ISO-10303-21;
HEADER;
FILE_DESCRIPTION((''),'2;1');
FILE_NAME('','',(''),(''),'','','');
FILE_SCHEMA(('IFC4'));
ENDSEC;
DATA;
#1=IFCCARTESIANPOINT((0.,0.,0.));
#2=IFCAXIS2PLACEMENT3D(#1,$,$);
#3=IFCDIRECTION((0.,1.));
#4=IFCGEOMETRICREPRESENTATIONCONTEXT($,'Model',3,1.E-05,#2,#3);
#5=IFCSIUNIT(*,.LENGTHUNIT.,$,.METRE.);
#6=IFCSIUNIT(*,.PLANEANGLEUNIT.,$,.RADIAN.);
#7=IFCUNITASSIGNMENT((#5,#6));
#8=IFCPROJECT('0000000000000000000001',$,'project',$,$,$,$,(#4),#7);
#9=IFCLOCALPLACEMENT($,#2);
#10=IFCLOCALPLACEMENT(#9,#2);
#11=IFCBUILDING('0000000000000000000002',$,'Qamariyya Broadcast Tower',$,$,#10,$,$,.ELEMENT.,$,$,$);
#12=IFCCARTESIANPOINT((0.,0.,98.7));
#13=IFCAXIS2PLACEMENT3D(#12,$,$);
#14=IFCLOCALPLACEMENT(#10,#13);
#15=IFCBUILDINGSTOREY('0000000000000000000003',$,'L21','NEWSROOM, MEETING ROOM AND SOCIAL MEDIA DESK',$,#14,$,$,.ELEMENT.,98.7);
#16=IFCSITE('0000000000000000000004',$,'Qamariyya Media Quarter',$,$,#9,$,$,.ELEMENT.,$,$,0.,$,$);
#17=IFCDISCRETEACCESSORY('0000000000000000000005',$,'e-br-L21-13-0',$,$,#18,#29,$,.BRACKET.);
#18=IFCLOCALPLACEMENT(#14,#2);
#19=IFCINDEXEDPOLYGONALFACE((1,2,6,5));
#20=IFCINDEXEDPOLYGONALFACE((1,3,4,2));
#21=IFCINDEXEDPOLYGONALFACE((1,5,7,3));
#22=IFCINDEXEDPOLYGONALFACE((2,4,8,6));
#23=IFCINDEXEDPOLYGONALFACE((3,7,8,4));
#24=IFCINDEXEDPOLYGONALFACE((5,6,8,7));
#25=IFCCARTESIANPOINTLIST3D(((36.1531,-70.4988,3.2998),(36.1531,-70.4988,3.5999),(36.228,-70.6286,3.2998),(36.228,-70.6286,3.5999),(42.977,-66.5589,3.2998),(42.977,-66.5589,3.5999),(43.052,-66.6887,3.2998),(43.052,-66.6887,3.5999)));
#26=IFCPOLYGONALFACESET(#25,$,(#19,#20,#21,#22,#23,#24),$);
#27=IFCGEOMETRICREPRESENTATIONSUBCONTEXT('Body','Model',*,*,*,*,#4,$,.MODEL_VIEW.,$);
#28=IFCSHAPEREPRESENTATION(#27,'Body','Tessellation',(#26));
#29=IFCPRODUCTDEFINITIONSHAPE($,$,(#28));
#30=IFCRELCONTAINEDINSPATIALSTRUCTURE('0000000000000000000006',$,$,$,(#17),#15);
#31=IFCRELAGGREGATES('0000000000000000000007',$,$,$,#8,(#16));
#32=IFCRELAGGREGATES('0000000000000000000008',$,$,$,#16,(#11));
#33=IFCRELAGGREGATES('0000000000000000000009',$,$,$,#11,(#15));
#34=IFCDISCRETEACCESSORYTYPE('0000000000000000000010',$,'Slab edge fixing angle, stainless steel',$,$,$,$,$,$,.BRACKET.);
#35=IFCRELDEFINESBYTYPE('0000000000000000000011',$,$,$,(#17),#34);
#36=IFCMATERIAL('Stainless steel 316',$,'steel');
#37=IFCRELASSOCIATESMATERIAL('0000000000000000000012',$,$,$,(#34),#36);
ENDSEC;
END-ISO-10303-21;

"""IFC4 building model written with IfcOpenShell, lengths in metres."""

from ifc_helpers import new_model, si_unit, direction, frame, origin, origin_2d, place, context, subcontext, project, spatial, rectangle, extrude, material, type_object, element, save


model = new_model("IFC4")

# Units and contexts
model_context = context("Model", 3, precision=1e-05, world=origin(), true_north=direction((0.0, 1.0)))
body_context = subcontext(model_context, "Body", "Model", "MODEL_VIEW")
ifc_project = project(units=[si_unit("LENGTHUNIT", "METRE"), si_unit("PLANEANGLEUNIT", "RADIAN")], contexts=[model_context])

# Site, building, storey
site_placement = place(None, origin())
site = spatial("IfcSite", under=ifc_project, at=site_placement, Name="Qamariyya Media Quarter", CompositionType="ELEMENT", RefElevation=0.0)
building_placement = place(site_placement, origin())
building = spatial("IfcBuilding", under=site, at=building_placement, Name="Qamariyya Broadcast Tower", CompositionType="ELEMENT")
storey_placement = place(building_placement, frame((0.0, 0.0, 98.7)))
storey = spatial("IfcBuildingStorey", under=building, at=storey_placement, Name="L21", Description="NEWSROOM, MEETING ROOM AND SOCIAL MEDIA DESK", CompositionType="ELEMENT", Elevation=98.7)

# Discrete accessory
ifc_material_1 = material(Name="Stainless steel 316", Category="steel")
discrete_accessory_type = type_object("IfcDiscreteAccessoryType", Name="Slab edge fixing angle, stainless steel", PredefinedType="BRACKET", material=ifc_material_1)
discrete_accessory_placement = place(storey_placement, frame((39.6025, -68.5938, 3.2998), z_axis=(0.0, 0.0, 1.0), x_axis=(0.866025, 0.5, 0.0)))
element("IfcDiscreteAccessory", 1, at=discrete_accessory_placement, inside=storey, type_object=discrete_accessory_type, Name="e-br-L21-13-0", PredefinedType="BRACKET", context=body_context, shape_type="SweptSolid", body=[
    extrude(rectangle(XDim=7.8796, YDim=0.1499, at=origin_2d()), origin(), (0.0, 0.0, 1.0), 0.3),
])

save(model, "model.ifc")
